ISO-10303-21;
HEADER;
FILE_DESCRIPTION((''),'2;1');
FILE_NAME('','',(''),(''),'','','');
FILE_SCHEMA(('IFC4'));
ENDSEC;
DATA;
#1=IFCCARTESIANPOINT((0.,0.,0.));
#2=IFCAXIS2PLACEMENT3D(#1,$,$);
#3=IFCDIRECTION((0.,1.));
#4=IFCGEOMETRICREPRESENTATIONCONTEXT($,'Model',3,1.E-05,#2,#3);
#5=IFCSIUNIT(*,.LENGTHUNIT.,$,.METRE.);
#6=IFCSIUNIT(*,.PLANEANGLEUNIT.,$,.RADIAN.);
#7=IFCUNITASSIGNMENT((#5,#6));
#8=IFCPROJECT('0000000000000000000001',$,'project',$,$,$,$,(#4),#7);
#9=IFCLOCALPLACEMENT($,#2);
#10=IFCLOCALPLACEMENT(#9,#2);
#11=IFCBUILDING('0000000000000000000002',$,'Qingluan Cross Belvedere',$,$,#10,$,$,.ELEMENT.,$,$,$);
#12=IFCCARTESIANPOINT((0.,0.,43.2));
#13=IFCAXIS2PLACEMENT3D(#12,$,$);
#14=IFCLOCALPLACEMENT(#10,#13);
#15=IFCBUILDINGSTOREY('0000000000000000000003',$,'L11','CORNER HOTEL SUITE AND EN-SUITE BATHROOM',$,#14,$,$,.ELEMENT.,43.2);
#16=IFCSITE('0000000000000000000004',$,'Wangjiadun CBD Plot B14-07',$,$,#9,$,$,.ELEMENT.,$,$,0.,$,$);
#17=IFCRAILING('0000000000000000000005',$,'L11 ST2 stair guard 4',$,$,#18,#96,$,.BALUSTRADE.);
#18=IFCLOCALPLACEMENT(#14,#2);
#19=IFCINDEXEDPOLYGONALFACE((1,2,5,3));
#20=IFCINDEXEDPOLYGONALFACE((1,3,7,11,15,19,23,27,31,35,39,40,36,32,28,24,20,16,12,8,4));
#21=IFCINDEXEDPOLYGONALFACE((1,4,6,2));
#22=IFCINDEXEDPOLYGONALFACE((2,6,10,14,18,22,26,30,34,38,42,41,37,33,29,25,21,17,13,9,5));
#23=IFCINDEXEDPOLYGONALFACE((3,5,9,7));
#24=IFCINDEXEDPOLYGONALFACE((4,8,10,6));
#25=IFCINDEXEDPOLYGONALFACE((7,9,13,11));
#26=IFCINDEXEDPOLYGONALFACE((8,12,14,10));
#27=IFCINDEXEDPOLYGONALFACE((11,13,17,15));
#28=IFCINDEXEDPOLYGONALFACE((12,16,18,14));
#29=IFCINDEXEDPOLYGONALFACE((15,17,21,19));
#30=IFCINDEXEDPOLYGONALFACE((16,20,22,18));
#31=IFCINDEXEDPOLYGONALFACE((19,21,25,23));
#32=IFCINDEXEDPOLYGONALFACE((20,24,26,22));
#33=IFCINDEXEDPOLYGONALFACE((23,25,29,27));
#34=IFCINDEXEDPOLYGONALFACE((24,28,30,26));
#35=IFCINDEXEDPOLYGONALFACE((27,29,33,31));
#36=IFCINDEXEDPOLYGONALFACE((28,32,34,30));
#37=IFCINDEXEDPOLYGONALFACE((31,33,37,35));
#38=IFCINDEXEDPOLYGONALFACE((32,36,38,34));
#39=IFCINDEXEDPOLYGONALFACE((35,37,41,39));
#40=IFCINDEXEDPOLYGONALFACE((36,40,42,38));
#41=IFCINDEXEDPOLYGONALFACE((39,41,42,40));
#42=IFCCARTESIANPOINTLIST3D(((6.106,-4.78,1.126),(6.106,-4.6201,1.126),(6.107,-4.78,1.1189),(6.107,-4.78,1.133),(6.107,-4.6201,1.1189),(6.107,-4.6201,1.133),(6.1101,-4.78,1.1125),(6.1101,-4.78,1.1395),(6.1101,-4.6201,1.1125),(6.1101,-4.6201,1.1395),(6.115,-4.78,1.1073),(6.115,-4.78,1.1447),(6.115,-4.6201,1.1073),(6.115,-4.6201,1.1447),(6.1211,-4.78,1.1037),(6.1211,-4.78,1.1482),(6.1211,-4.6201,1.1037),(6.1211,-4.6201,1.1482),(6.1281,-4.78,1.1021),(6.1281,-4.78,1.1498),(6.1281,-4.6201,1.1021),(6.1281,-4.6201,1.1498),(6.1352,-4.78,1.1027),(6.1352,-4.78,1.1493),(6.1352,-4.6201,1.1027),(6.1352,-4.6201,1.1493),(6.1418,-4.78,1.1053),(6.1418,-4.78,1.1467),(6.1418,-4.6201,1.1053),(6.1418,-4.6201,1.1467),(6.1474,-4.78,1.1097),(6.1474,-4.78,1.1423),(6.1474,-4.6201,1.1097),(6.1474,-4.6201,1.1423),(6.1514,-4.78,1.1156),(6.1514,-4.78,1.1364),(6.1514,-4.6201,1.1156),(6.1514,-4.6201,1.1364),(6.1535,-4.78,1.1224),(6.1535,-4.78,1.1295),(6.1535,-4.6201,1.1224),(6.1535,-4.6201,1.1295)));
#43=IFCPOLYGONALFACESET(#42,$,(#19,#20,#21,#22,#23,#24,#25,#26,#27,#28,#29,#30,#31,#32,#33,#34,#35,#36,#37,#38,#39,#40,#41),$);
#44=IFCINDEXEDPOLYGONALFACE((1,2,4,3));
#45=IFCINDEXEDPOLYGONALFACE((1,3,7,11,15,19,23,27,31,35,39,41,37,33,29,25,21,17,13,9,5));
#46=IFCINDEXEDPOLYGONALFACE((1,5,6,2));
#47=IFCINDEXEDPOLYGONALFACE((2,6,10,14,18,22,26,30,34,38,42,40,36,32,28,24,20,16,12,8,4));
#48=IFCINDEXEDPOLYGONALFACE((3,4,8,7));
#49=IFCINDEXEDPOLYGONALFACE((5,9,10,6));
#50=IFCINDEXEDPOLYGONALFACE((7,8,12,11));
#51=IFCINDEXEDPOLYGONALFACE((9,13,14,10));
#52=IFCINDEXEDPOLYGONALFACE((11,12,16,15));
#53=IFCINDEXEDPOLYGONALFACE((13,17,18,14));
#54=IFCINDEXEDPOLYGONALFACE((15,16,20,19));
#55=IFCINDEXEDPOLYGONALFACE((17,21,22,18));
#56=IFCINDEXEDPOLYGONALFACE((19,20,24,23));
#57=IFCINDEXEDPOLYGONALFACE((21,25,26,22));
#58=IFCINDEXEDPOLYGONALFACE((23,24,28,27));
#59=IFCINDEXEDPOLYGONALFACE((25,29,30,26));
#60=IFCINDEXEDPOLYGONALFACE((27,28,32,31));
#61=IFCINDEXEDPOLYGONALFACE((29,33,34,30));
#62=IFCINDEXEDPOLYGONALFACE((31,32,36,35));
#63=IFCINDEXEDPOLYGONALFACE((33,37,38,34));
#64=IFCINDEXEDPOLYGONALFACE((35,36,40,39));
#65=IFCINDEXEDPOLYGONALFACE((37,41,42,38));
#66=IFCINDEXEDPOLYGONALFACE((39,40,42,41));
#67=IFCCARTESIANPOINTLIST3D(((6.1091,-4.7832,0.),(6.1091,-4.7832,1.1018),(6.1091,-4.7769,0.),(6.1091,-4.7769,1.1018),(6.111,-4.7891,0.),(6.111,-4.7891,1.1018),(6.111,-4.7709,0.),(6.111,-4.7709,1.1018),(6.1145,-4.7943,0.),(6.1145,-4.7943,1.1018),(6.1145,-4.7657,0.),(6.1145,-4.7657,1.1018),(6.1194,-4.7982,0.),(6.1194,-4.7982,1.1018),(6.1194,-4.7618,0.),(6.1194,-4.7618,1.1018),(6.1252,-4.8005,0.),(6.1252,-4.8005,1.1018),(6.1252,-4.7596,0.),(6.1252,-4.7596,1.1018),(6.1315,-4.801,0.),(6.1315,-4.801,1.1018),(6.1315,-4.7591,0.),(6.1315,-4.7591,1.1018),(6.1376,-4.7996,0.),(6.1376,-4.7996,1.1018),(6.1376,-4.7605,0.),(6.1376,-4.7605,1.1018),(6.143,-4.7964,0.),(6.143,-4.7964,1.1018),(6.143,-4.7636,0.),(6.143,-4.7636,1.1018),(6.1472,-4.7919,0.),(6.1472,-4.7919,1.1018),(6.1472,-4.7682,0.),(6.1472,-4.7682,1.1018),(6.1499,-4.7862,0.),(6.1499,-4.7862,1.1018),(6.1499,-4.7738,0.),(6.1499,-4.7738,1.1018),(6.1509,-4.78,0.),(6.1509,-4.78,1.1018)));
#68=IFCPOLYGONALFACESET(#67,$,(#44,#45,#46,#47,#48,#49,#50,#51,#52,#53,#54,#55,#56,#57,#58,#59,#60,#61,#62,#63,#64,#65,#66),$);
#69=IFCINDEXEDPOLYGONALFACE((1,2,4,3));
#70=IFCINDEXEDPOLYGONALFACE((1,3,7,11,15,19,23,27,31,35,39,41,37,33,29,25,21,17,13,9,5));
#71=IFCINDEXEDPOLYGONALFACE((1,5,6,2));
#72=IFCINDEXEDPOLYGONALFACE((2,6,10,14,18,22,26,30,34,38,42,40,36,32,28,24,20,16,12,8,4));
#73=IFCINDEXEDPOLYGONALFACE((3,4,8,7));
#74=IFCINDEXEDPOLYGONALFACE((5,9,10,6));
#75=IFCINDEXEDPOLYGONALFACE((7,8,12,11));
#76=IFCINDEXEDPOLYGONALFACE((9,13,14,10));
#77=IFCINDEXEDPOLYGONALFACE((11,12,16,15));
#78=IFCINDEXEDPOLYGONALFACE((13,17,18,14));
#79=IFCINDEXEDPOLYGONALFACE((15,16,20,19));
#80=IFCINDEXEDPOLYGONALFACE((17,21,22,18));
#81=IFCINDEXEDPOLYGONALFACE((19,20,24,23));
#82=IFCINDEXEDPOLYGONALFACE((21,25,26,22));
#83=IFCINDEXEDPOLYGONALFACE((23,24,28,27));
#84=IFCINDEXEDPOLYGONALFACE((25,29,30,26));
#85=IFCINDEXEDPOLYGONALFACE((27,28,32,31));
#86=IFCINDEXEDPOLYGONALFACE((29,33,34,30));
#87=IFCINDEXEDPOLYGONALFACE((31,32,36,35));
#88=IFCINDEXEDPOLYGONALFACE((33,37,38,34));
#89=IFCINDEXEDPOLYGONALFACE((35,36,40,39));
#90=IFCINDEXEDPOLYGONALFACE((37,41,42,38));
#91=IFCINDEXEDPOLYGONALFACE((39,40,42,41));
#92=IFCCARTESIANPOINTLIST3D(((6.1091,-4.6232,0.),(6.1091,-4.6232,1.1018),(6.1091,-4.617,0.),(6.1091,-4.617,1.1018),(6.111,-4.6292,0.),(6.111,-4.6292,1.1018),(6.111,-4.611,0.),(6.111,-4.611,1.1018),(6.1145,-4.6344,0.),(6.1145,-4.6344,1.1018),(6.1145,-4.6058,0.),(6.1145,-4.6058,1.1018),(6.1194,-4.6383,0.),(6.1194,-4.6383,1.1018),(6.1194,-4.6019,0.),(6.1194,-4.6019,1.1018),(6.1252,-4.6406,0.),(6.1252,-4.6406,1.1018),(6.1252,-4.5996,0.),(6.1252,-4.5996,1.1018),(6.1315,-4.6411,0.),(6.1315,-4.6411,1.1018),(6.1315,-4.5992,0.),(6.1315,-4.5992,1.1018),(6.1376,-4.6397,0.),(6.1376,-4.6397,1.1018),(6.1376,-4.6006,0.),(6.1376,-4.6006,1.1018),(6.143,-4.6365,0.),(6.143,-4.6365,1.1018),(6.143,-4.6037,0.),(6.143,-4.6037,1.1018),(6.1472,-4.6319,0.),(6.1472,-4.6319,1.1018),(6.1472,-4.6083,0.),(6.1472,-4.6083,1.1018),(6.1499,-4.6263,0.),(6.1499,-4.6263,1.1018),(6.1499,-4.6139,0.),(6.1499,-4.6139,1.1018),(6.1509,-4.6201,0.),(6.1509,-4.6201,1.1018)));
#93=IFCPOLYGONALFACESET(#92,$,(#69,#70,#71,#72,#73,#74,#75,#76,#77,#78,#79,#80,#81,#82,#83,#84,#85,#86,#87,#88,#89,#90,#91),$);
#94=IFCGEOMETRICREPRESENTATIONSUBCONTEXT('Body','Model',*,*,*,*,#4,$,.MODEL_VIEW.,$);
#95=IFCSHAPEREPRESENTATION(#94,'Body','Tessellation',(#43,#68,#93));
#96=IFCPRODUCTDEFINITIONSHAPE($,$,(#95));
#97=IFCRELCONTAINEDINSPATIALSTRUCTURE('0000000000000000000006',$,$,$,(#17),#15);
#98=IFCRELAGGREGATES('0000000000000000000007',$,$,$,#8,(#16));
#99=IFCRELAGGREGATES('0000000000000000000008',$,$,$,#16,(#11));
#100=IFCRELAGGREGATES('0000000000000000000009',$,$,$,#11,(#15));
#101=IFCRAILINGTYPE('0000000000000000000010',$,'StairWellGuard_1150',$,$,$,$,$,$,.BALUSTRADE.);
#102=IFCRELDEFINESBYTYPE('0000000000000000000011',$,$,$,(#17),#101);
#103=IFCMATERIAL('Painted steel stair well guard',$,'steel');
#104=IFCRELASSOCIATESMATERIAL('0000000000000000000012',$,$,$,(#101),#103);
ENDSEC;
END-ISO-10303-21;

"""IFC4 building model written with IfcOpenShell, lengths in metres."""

from ifc_helpers import new_model, si_unit, direction, frame, origin, origin_2d, place, context, subcontext, project, spatial, circle, extrude, material, type_object, element, save


model = new_model("IFC4")

# Units and contexts
model_context = context("Model", 3, precision=1e-05, world=origin(), true_north=direction((0.0, 1.0)))
body_context = subcontext(model_context, "Body", "Model", "MODEL_VIEW")
ifc_project = project(units=[si_unit("LENGTHUNIT", "METRE"), si_unit("PLANEANGLEUNIT", "RADIAN")], contexts=[model_context])

# Site, building, storey
site_placement = place(None, origin())
site = spatial("IfcSite", under=ifc_project, at=site_placement, Name="Wangjiadun CBD Plot B14-07", CompositionType="ELEMENT", RefElevation=0.0)
building_placement = place(site_placement, origin())
building = spatial("IfcBuilding", under=site, at=building_placement, Name="Qingluan Cross Belvedere", CompositionType="ELEMENT")
storey_placement = place(building_placement, frame((0.0, 0.0, 43.2)))
storey = spatial("IfcBuildingStorey", under=building, at=storey_placement, Name="L11", Description="CORNER HOTEL SUITE AND EN-SUITE BATHROOM", CompositionType="ELEMENT", Elevation=43.2)

# Railing
ifc_material_1 = material(Name="Painted steel stair well guard", Category="steel")
railing_type_1 = type_object("IfcRailingType", Name="StairWellGuard_1150", PredefinedType="BALUSTRADE", material=ifc_material_1)
railing_1_placement = place(storey_placement, frame((6.1299, -4.78, 0.0)))
element("IfcRailing", 1, at=railing_1_placement, inside=storey, type_object=railing_type_1, Name="L11 ST2 stair guard 4", PredefinedType="BALUSTRADE", context=body_context, shape_type="SweptSolid", body=[
    extrude(circle(Radius=0.0239, at=origin_2d()), frame((0.0, 0.0, 1.126), z_axis=(0.0, 1.0, 0.0), x_axis=(-1.0, 0.0, 0.0)), (0.0, 0.0, 1.0), 0.1599),
    extrude(circle(Radius=0.021, at=origin_2d()), origin(), (0.0, 0.0, 1.0), 1.1018),
    extrude(circle(Radius=0.021, at=origin_2d()), frame((0.0, 0.1599, 0.0)), (0.0, 0.0, 1.0), 1.1018),
])

save(model, "model.ifc")
